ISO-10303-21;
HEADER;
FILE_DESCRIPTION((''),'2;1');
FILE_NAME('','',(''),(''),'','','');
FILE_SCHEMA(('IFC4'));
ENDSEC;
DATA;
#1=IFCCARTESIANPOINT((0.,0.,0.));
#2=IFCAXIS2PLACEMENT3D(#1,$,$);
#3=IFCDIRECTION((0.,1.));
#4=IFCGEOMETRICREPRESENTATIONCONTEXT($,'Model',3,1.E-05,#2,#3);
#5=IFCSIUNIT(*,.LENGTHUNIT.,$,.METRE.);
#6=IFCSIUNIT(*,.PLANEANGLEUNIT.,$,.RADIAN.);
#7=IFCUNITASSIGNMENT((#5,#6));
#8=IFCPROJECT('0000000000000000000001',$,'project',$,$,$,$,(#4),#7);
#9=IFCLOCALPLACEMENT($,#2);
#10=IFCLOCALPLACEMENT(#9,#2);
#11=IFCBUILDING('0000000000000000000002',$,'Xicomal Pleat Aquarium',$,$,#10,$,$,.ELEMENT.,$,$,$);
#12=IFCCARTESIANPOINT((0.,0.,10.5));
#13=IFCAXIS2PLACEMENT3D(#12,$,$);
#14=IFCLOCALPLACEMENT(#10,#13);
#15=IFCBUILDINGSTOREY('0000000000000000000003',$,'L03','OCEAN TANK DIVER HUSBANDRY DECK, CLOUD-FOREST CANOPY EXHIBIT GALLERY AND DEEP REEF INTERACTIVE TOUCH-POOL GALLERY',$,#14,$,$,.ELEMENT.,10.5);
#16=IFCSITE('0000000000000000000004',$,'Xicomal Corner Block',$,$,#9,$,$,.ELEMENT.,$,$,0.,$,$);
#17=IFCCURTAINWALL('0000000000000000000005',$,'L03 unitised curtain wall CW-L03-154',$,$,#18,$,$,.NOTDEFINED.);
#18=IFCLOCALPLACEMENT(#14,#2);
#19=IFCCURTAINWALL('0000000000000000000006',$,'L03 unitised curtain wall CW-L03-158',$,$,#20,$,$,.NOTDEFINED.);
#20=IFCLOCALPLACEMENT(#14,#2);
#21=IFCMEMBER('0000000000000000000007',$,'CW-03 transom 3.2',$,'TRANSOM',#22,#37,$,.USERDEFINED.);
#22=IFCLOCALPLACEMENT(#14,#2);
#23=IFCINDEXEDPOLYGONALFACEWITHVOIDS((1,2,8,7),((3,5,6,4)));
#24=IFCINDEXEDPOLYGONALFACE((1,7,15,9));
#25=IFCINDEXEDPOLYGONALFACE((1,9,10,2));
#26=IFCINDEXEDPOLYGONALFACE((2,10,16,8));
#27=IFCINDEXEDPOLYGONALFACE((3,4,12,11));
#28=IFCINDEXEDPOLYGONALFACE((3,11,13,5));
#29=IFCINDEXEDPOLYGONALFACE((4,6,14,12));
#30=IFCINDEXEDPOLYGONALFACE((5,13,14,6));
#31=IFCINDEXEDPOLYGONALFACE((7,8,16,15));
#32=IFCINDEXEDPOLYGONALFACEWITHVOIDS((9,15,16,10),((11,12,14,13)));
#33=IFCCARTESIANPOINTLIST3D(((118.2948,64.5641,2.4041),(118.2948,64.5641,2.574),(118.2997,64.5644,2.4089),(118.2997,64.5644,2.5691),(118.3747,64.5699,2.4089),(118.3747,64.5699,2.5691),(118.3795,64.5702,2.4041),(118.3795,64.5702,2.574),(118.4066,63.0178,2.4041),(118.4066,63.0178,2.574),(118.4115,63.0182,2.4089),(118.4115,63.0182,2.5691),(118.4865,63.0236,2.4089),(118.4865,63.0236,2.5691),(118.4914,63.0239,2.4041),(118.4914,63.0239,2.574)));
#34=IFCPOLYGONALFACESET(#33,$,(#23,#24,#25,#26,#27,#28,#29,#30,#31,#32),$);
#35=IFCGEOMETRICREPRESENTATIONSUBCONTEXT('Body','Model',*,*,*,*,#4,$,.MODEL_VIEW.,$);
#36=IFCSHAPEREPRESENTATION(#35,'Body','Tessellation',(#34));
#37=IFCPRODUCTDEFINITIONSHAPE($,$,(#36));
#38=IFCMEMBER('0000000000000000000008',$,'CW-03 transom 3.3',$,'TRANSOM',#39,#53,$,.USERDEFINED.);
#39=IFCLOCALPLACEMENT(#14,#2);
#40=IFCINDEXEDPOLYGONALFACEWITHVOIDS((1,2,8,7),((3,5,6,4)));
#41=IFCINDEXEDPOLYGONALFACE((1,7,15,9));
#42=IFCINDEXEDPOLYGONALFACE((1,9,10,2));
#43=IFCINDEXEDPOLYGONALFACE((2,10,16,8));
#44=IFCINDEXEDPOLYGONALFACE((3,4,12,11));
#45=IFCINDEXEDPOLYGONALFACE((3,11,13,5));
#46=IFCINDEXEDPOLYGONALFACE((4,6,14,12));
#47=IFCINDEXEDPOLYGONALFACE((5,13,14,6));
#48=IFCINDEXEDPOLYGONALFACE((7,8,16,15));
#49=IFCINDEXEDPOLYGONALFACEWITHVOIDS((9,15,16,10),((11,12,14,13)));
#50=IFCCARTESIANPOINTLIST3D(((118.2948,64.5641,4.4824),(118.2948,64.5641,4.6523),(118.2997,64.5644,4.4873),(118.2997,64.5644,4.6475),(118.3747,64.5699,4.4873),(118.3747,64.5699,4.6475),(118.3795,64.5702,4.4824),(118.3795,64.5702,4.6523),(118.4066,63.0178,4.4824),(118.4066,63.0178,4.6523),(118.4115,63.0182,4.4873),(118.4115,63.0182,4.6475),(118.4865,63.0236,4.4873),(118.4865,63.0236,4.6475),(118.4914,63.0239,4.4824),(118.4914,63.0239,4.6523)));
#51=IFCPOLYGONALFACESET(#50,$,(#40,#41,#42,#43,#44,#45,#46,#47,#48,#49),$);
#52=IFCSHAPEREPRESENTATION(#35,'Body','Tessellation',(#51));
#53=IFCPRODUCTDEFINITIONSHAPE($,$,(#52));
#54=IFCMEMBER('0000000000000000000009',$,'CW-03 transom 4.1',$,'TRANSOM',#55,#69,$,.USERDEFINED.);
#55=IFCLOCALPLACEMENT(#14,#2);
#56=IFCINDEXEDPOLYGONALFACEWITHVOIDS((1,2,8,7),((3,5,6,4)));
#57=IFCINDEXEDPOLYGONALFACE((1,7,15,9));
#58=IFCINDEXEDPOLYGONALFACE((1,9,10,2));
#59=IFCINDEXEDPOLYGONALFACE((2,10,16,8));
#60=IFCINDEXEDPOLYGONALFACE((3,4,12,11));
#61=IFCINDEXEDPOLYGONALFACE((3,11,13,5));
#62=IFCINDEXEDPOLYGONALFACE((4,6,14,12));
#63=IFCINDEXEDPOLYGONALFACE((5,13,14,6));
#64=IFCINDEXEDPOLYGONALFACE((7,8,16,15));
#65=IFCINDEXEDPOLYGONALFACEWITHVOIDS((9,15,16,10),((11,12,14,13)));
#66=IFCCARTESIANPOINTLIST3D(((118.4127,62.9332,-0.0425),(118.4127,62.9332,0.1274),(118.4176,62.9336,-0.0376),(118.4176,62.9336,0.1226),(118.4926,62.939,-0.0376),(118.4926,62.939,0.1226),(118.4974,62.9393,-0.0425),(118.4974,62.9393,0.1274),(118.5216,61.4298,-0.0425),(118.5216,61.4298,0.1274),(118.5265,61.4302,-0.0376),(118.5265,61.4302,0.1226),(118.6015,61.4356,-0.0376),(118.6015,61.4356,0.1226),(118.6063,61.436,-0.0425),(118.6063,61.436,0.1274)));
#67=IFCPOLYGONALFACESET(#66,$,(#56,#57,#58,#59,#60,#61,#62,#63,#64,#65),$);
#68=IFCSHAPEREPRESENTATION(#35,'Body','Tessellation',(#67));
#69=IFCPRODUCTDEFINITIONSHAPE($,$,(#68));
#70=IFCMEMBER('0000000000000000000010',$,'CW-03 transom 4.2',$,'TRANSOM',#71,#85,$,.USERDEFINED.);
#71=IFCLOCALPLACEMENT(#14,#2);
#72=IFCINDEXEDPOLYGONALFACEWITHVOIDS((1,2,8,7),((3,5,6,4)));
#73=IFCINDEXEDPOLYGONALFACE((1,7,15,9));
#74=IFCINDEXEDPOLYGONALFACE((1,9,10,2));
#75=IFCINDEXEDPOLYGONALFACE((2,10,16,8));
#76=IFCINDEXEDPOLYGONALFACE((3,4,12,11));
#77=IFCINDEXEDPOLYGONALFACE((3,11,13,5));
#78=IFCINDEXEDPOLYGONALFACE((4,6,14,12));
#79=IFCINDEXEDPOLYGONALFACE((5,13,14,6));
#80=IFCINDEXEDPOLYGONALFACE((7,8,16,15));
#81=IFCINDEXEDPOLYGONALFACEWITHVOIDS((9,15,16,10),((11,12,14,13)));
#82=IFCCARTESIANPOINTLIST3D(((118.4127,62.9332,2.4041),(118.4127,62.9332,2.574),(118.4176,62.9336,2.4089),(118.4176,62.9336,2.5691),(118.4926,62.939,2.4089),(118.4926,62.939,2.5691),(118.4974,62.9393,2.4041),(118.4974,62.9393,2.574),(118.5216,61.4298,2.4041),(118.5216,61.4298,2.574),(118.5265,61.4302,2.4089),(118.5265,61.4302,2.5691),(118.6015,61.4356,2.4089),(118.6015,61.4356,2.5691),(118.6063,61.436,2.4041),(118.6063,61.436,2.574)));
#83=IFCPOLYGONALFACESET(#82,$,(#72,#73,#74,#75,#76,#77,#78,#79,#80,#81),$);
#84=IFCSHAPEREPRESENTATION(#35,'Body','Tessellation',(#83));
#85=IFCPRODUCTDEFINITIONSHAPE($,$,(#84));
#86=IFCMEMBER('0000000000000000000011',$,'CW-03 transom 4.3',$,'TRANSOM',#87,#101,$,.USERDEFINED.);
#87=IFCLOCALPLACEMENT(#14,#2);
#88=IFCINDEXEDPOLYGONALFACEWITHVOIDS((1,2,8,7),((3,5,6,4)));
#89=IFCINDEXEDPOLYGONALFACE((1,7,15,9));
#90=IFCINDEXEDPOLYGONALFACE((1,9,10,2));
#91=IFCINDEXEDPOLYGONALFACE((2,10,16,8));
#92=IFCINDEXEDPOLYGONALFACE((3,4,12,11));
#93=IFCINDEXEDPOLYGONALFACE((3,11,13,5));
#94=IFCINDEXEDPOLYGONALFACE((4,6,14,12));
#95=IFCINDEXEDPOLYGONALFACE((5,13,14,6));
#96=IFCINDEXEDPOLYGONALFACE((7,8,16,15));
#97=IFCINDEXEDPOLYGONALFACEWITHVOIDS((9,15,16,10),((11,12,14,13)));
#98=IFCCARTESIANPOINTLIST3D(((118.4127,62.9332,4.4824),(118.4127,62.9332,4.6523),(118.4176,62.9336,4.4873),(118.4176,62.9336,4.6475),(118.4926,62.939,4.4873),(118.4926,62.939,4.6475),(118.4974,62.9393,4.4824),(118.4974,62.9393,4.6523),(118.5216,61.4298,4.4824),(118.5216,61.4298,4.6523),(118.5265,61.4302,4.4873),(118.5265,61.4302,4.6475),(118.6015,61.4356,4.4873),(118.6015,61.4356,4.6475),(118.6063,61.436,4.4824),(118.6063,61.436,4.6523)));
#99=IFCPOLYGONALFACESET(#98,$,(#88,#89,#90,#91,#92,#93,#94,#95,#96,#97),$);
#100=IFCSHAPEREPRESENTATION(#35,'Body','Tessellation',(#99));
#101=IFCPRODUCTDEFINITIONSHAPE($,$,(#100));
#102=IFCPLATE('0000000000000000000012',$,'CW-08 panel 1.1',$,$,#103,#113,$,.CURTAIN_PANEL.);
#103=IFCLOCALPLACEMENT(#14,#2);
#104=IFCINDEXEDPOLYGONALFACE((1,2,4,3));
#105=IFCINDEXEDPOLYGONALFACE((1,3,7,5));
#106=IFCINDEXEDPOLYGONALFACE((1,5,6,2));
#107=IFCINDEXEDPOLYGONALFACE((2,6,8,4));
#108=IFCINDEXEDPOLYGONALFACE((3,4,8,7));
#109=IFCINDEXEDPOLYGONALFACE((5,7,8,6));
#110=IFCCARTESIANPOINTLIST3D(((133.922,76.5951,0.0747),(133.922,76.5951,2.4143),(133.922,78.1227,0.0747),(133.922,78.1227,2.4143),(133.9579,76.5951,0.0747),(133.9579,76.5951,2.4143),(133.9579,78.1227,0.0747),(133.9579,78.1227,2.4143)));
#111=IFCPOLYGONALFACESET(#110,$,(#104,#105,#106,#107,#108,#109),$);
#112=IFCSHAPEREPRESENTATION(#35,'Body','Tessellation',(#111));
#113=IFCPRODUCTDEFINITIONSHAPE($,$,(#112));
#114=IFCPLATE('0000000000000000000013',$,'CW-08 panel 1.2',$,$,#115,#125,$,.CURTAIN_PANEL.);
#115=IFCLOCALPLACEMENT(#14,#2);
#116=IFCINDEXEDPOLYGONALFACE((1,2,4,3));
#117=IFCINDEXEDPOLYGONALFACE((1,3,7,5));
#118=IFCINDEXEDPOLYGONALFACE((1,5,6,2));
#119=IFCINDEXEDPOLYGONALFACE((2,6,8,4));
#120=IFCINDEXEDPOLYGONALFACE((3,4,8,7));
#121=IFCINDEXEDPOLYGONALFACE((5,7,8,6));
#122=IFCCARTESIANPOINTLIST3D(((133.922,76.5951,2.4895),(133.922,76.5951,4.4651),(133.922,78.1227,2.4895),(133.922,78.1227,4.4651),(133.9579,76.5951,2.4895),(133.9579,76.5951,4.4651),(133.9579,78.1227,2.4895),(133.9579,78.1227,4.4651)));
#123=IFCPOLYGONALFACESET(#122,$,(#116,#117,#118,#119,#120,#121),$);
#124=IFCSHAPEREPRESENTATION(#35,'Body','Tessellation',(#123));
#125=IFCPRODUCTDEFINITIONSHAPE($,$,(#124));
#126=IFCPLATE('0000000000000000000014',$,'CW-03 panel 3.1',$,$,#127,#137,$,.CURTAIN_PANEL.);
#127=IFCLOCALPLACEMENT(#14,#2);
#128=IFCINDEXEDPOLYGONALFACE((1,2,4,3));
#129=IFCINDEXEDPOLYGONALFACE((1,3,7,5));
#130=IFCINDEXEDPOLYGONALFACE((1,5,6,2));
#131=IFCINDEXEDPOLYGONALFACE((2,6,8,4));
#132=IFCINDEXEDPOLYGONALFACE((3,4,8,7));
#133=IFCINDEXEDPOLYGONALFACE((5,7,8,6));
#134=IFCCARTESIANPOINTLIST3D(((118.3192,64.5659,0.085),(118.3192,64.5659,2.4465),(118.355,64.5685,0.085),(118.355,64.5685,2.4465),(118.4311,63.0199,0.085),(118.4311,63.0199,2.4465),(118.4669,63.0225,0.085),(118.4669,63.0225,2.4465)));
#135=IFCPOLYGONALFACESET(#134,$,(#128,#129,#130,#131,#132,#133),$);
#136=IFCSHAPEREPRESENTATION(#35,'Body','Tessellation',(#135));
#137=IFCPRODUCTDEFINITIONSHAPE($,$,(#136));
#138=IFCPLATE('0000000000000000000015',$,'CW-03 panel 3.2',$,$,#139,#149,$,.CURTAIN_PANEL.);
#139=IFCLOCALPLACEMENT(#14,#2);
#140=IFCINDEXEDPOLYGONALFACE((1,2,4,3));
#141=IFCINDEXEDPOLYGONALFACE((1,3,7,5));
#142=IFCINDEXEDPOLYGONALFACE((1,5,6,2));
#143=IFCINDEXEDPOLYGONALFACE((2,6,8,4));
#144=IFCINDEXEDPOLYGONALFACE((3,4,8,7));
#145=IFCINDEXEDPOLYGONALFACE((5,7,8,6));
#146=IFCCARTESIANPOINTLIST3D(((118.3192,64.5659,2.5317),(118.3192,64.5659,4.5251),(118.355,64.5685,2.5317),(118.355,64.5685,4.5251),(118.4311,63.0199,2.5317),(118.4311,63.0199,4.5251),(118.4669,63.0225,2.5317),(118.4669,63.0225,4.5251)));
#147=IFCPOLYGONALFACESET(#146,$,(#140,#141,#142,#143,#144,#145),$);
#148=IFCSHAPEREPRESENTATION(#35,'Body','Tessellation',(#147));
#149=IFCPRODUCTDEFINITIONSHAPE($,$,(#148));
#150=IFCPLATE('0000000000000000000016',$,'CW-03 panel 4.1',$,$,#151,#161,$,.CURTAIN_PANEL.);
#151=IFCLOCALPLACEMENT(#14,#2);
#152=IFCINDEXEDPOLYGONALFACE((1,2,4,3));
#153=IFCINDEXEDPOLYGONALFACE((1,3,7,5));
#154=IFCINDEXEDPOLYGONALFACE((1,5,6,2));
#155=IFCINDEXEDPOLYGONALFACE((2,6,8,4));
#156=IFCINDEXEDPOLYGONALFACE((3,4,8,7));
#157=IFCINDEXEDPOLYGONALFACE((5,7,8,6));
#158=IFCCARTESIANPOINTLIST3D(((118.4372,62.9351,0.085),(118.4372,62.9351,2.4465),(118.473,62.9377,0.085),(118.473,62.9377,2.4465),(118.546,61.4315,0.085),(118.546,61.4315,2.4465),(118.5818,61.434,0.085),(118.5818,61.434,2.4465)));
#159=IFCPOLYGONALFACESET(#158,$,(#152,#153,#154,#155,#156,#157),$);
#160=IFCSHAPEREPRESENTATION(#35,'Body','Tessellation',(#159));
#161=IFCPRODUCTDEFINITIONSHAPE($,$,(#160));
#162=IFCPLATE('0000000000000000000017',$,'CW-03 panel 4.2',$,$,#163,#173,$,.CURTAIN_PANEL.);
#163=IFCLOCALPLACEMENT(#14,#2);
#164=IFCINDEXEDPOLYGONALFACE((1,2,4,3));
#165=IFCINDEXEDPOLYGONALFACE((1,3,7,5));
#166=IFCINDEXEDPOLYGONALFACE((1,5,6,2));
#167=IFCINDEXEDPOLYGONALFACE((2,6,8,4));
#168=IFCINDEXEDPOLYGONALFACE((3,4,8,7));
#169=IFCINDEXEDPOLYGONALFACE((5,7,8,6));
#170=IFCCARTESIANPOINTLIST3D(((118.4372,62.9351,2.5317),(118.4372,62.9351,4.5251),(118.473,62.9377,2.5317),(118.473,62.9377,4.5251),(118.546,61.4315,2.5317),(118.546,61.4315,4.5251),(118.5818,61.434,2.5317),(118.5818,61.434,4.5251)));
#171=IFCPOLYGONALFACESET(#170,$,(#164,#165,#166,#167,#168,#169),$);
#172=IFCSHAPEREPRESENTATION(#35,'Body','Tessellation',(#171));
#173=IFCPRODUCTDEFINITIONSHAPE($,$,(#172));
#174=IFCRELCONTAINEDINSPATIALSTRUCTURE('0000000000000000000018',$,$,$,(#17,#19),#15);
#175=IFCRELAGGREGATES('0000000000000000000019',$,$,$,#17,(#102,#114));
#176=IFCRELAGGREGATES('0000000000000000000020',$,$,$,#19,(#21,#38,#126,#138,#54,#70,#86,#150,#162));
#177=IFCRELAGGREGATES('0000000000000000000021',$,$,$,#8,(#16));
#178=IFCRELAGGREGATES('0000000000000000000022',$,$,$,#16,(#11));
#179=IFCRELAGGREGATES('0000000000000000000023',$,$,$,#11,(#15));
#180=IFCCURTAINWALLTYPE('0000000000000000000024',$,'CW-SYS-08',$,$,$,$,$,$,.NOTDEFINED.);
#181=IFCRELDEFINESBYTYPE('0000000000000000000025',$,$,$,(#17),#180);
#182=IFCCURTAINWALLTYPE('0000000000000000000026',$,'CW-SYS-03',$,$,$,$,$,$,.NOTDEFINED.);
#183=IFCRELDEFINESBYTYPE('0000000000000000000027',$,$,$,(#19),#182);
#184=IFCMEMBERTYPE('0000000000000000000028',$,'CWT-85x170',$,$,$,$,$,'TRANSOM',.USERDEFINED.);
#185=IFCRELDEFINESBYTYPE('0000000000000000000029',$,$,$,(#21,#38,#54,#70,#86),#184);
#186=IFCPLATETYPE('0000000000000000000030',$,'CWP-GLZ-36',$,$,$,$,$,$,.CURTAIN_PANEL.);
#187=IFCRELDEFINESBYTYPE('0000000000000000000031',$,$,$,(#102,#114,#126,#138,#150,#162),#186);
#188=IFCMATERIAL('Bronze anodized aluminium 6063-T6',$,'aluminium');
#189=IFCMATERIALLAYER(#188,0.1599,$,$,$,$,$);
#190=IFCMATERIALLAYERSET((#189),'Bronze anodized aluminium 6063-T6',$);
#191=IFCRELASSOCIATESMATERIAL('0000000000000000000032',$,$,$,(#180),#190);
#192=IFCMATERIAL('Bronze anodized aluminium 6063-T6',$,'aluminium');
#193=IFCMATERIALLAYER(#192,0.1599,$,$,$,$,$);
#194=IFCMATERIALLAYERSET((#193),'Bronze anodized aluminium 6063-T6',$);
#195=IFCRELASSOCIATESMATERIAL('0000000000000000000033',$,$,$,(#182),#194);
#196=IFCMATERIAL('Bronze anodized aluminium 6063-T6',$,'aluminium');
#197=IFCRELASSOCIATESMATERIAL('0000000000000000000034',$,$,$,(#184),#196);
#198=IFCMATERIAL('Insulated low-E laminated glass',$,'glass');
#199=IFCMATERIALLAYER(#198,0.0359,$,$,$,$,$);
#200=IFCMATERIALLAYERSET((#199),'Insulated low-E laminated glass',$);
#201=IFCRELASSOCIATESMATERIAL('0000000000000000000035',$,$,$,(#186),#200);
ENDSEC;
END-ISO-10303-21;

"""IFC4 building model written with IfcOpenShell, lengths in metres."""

from ifc_helpers import new_model, si_unit, direction, frame, origin, origin_2d, place, context, subcontext, project, spatial, rectangle, hollow_rectangle, extrude, material, layer, layer_set, material_profile, profile_set, type_object, element, aggregate, save


model = new_model("IFC4")

# Units and contexts
model_context = context("Model", 3, precision=1e-05, world=origin(), true_north=direction((0.0, 1.0)))
body_context = subcontext(model_context, "Body", "Model", "MODEL_VIEW")
ifc_project = project(units=[si_unit("LENGTHUNIT", "METRE"), si_unit("PLANEANGLEUNIT", "RADIAN")], contexts=[model_context])

# Site, building, storey
site_placement = place(None, origin())
site = spatial("IfcSite", under=ifc_project, at=site_placement, Name="Xicomal Corner Block", CompositionType="ELEMENT", RefElevation=0.0)
building_placement = place(site_placement, origin())
building = spatial("IfcBuilding", under=site, at=building_placement, Name="Xicomal Pleat Aquarium", CompositionType="ELEMENT")
storey_placement = place(building_placement, frame((0.0, 0.0, 10.5)))
storey = spatial("IfcBuildingStorey", under=building, at=storey_placement, Name="L03", Description="OCEAN TANK DIVER HUSBANDRY DECK, CLOUD-FOREST CANOPY EXHIBIT GALLERY AND DEEP REEF INTERACTIVE TOUCH-POOL GALLERY", CompositionType="ELEMENT", Elevation=10.5)

# Curtain wall
ifc_material_1 = material(Name="Bronze anodized aluminium 6063-T6", Category="aluminium")
ifc_layer_1 = layer(ifc_material_1, 0.1599)
ifc_layer_set_1 = layer_set([ifc_layer_1], Name="Bronze anodized aluminium 6063-T6")
curtain_wall_type_1 = type_object("IfcCurtainWallType", Name="CW-SYS-08", PredefinedType="NOTDEFINED", material=ifc_layer_set_1)
curtain_wall_1_placement = place(storey_placement, origin())
curtain_wall_1 = element("IfcCurtainWall", 1, at=curtain_wall_1_placement, inside=storey, type_object=curtain_wall_type_1, Name="L03 unitised curtain wall CW-L03-154", PredefinedType="NOTDEFINED")

# Curtain wall
ifc_material_2 = material(Name="Bronze anodized aluminium 6063-T6", Category="aluminium")
ifc_layer_2 = layer(ifc_material_2, 0.1599)
ifc_layer_set_2 = layer_set([ifc_layer_2], Name="Bronze anodized aluminium 6063-T6")
curtain_wall_type_2 = type_object("IfcCurtainWallType", Name="CW-SYS-03", PredefinedType="NOTDEFINED", material=ifc_layer_set_2)
curtain_wall_2_placement = place(storey_placement, origin())
curtain_wall_2 = element("IfcCurtainWall", 2, at=curtain_wall_2_placement, inside=storey, type_object=curtain_wall_type_2, Name="L03 unitised curtain wall CW-L03-158", PredefinedType="NOTDEFINED")

# Members
ifc_material_3 = material(Name="Bronze anodized aluminium 6063-T6", Category="aluminium")
ifc_material_profile_1 = material_profile(ifc_material_3, hollow_rectangle(XDim=0.085, YDim=0.1699, WallThickness=0.0049, at=origin_2d()), Name="ALU TRAN 85x170")
ifc_profile_set_1 = profile_set([ifc_material_profile_1], Name="Bronze anodized aluminium 6063-T6")
member_type_1 = type_object("IfcMemberType", Name="CWT-85x170", ElementType="TRANSOM", PredefinedType="USERDEFINED", material=ifc_profile_set_1)
member_1_placement = place(storey_placement, frame((118.3372, 64.5671, 2.489), z_axis=(0.072131, -0.997395, 0.0), x_axis=(0.997395, 0.072131, 0.0)))
member_1 = element("IfcMember", 3, at=member_1_placement, type_object=member_type_1, Name="CW-03 transom 3.2", ObjectType="TRANSOM", PredefinedType="USERDEFINED", context=body_context, shape_type="SweptSolid", body=[
    extrude(hollow_rectangle(XDim=0.085, YDim=0.1699, WallThickness=0.0049, at=origin_2d()), origin(), (0.0, 0.0, 1.0), 1.5503),
])
member_2_placement = place(storey_placement, frame((118.3372, 64.5671, 4.5674), z_axis=(0.072131, -0.997395, 0.0), x_axis=(0.997395, 0.072131, 0.0)))
member_2 = element("IfcMember", 4, at=member_2_placement, type_object=member_type_1, Name="CW-03 transom 3.3", ObjectType="TRANSOM", PredefinedType="USERDEFINED", context=body_context, shape_type="SweptSolid", body=[
    extrude(hollow_rectangle(XDim=0.085, YDim=0.1699, WallThickness=0.0049, at=origin_2d()), origin(), (0.0, 0.0, 1.0), 1.5503),
])
member_3_placement = place(storey_placement, frame((118.4551, 62.9363, 0.0425), z_axis=(0.072237, -0.997388, 0.0), x_axis=(0.997388, 0.072237, 0.0)))
member_3 = element("IfcMember", 5, at=member_3_placement, type_object=member_type_1, Name="CW-03 transom 4.1", ObjectType="TRANSOM", PredefinedType="USERDEFINED", context=body_context, shape_type="SweptSolid", body=[
    extrude(hollow_rectangle(XDim=0.085, YDim=0.1699, WallThickness=0.0049, at=origin_2d()), origin(), (0.0, 0.0, 1.0), 1.5073),
])
member_4_placement = place(storey_placement, frame((118.4551, 62.9363, 2.489), z_axis=(0.072237, -0.997388, 0.0), x_axis=(0.997388, 0.072237, 0.0)))
member_4 = element("IfcMember", 6, at=member_4_placement, type_object=member_type_1, Name="CW-03 transom 4.2", ObjectType="TRANSOM", PredefinedType="USERDEFINED", context=body_context, shape_type="SweptSolid", body=[
    extrude(hollow_rectangle(XDim=0.085, YDim=0.1699, WallThickness=0.0049, at=origin_2d()), origin(), (0.0, 0.0, 1.0), 1.5073),
])
member_5_placement = place(storey_placement, frame((118.4551, 62.9363, 4.5674), z_axis=(0.072237, -0.997388, 0.0), x_axis=(0.997388, 0.072237, 0.0)))
member_5 = element("IfcMember", 7, at=member_5_placement, type_object=member_type_1, Name="CW-03 transom 4.3", ObjectType="TRANSOM", PredefinedType="USERDEFINED", context=body_context, shape_type="SweptSolid", body=[
    extrude(hollow_rectangle(XDim=0.085, YDim=0.1699, WallThickness=0.0049, at=origin_2d()), origin(), (0.0, 0.0, 1.0), 1.5073),
])

# Plates
ifc_material_4 = material(Name="Insulated low-E laminated glass", Category="glass")
ifc_layer_3 = layer(ifc_material_4, 0.0359)
ifc_layer_set_3 = layer_set([ifc_layer_3], Name="Insulated low-E laminated glass")
plate_type = type_object("IfcPlateType", Name="CWP-GLZ-36", PredefinedType="CURTAIN_PANEL", material=ifc_layer_set_3)
plate_1_placement = place(storey_placement, frame((133.9399, 77.3589, 0.0747), z_axis=(0.0, 0.0, 1.0), x_axis=(0.0, 1.0, 0.0)))
plate_1 = element("IfcPlate", 8, at=plate_1_placement, type_object=plate_type, Name="CW-08 panel 1.1", PredefinedType="CURTAIN_PANEL", context=body_context, shape_type="SweptSolid", body=[
    extrude(rectangle(XDim=1.5276, YDim=0.0359, at=origin_2d()), origin(), (0.0, 0.0, 1.0), 2.3396),
])
plate_2_placement = place(storey_placement, frame((133.9399, 77.3589, 2.4895), z_axis=(0.0, 0.0, 1.0), x_axis=(0.0, 1.0, 0.0)))
plate_2 = element("IfcPlate", 9, at=plate_2_placement, type_object=plate_type, Name="CW-08 panel 1.2", PredefinedType="CURTAIN_PANEL", context=body_context, shape_type="SweptSolid", body=[
    extrude(rectangle(XDim=1.5276, YDim=0.0359, at=origin_2d()), origin(), (0.0, 0.0, 1.0), 1.9756),
])
aggregate(curtain_wall_1, [plate_1, plate_2])
plate_3_placement = place(storey_placement, frame((118.3931, 63.7942, 0.085), z_axis=(0.0, 0.0, 1.0), x_axis=(0.072171, -0.997392, 0.0)))
plate_3 = element("IfcPlate", 10, at=plate_3_placement, type_object=plate_type, Name="CW-03 panel 3.1", PredefinedType="CURTAIN_PANEL", context=body_context, shape_type="SweptSolid", body=[
    extrude(rectangle(XDim=1.55, YDim=0.0359, at=origin_2d()), origin(), (0.0, 0.0, 1.0), 2.3616),
])
plate_4_placement = place(storey_placement, frame((118.3931, 63.7942, 2.5317), z_axis=(0.0, 0.0, 1.0), x_axis=(0.072171, -0.997392, 0.0)))
plate_4 = element("IfcPlate", 11, at=plate_4_placement, type_object=plate_type, Name="CW-03 panel 3.2", PredefinedType="CURTAIN_PANEL", context=body_context, shape_type="SweptSolid", body=[
    extrude(rectangle(XDim=1.55, YDim=0.0359, at=origin_2d()), origin(), (0.0, 0.0, 1.0), 1.9934),
])
plate_5_placement = place(storey_placement, frame((118.5095, 62.1846, 0.085), z_axis=(0.0, 0.0, 1.0), x_axis=(0.072171, -0.997392, 0.0)))
plate_5 = element("IfcPlate", 12, at=plate_5_placement, type_object=plate_type, Name="CW-03 panel 4.1", PredefinedType="CURTAIN_PANEL", context=body_context, shape_type="SweptSolid", body=[
    extrude(rectangle(XDim=1.5076, YDim=0.0359, at=origin_2d()), origin(), (0.0, 0.0, 1.0), 2.3616),
])
plate_6_placement = place(storey_placement, frame((118.5095, 62.1846, 2.5317), z_axis=(0.0, 0.0, 1.0), x_axis=(0.072171, -0.997392, 0.0)))
plate_6 = element("IfcPlate", 13, at=plate_6_placement, type_object=plate_type, Name="CW-03 panel 4.2", PredefinedType="CURTAIN_PANEL", context=body_context, shape_type="SweptSolid", body=[
    extrude(rectangle(XDim=1.5076, YDim=0.0359, at=origin_2d()), origin(), (0.0, 0.0, 1.0), 1.9934),
])
aggregate(curtain_wall_2, [member_1, member_2, plate_3, plate_4, member_3, member_4, member_5, plate_5, plate_6])

save(model, "model.ifc")
